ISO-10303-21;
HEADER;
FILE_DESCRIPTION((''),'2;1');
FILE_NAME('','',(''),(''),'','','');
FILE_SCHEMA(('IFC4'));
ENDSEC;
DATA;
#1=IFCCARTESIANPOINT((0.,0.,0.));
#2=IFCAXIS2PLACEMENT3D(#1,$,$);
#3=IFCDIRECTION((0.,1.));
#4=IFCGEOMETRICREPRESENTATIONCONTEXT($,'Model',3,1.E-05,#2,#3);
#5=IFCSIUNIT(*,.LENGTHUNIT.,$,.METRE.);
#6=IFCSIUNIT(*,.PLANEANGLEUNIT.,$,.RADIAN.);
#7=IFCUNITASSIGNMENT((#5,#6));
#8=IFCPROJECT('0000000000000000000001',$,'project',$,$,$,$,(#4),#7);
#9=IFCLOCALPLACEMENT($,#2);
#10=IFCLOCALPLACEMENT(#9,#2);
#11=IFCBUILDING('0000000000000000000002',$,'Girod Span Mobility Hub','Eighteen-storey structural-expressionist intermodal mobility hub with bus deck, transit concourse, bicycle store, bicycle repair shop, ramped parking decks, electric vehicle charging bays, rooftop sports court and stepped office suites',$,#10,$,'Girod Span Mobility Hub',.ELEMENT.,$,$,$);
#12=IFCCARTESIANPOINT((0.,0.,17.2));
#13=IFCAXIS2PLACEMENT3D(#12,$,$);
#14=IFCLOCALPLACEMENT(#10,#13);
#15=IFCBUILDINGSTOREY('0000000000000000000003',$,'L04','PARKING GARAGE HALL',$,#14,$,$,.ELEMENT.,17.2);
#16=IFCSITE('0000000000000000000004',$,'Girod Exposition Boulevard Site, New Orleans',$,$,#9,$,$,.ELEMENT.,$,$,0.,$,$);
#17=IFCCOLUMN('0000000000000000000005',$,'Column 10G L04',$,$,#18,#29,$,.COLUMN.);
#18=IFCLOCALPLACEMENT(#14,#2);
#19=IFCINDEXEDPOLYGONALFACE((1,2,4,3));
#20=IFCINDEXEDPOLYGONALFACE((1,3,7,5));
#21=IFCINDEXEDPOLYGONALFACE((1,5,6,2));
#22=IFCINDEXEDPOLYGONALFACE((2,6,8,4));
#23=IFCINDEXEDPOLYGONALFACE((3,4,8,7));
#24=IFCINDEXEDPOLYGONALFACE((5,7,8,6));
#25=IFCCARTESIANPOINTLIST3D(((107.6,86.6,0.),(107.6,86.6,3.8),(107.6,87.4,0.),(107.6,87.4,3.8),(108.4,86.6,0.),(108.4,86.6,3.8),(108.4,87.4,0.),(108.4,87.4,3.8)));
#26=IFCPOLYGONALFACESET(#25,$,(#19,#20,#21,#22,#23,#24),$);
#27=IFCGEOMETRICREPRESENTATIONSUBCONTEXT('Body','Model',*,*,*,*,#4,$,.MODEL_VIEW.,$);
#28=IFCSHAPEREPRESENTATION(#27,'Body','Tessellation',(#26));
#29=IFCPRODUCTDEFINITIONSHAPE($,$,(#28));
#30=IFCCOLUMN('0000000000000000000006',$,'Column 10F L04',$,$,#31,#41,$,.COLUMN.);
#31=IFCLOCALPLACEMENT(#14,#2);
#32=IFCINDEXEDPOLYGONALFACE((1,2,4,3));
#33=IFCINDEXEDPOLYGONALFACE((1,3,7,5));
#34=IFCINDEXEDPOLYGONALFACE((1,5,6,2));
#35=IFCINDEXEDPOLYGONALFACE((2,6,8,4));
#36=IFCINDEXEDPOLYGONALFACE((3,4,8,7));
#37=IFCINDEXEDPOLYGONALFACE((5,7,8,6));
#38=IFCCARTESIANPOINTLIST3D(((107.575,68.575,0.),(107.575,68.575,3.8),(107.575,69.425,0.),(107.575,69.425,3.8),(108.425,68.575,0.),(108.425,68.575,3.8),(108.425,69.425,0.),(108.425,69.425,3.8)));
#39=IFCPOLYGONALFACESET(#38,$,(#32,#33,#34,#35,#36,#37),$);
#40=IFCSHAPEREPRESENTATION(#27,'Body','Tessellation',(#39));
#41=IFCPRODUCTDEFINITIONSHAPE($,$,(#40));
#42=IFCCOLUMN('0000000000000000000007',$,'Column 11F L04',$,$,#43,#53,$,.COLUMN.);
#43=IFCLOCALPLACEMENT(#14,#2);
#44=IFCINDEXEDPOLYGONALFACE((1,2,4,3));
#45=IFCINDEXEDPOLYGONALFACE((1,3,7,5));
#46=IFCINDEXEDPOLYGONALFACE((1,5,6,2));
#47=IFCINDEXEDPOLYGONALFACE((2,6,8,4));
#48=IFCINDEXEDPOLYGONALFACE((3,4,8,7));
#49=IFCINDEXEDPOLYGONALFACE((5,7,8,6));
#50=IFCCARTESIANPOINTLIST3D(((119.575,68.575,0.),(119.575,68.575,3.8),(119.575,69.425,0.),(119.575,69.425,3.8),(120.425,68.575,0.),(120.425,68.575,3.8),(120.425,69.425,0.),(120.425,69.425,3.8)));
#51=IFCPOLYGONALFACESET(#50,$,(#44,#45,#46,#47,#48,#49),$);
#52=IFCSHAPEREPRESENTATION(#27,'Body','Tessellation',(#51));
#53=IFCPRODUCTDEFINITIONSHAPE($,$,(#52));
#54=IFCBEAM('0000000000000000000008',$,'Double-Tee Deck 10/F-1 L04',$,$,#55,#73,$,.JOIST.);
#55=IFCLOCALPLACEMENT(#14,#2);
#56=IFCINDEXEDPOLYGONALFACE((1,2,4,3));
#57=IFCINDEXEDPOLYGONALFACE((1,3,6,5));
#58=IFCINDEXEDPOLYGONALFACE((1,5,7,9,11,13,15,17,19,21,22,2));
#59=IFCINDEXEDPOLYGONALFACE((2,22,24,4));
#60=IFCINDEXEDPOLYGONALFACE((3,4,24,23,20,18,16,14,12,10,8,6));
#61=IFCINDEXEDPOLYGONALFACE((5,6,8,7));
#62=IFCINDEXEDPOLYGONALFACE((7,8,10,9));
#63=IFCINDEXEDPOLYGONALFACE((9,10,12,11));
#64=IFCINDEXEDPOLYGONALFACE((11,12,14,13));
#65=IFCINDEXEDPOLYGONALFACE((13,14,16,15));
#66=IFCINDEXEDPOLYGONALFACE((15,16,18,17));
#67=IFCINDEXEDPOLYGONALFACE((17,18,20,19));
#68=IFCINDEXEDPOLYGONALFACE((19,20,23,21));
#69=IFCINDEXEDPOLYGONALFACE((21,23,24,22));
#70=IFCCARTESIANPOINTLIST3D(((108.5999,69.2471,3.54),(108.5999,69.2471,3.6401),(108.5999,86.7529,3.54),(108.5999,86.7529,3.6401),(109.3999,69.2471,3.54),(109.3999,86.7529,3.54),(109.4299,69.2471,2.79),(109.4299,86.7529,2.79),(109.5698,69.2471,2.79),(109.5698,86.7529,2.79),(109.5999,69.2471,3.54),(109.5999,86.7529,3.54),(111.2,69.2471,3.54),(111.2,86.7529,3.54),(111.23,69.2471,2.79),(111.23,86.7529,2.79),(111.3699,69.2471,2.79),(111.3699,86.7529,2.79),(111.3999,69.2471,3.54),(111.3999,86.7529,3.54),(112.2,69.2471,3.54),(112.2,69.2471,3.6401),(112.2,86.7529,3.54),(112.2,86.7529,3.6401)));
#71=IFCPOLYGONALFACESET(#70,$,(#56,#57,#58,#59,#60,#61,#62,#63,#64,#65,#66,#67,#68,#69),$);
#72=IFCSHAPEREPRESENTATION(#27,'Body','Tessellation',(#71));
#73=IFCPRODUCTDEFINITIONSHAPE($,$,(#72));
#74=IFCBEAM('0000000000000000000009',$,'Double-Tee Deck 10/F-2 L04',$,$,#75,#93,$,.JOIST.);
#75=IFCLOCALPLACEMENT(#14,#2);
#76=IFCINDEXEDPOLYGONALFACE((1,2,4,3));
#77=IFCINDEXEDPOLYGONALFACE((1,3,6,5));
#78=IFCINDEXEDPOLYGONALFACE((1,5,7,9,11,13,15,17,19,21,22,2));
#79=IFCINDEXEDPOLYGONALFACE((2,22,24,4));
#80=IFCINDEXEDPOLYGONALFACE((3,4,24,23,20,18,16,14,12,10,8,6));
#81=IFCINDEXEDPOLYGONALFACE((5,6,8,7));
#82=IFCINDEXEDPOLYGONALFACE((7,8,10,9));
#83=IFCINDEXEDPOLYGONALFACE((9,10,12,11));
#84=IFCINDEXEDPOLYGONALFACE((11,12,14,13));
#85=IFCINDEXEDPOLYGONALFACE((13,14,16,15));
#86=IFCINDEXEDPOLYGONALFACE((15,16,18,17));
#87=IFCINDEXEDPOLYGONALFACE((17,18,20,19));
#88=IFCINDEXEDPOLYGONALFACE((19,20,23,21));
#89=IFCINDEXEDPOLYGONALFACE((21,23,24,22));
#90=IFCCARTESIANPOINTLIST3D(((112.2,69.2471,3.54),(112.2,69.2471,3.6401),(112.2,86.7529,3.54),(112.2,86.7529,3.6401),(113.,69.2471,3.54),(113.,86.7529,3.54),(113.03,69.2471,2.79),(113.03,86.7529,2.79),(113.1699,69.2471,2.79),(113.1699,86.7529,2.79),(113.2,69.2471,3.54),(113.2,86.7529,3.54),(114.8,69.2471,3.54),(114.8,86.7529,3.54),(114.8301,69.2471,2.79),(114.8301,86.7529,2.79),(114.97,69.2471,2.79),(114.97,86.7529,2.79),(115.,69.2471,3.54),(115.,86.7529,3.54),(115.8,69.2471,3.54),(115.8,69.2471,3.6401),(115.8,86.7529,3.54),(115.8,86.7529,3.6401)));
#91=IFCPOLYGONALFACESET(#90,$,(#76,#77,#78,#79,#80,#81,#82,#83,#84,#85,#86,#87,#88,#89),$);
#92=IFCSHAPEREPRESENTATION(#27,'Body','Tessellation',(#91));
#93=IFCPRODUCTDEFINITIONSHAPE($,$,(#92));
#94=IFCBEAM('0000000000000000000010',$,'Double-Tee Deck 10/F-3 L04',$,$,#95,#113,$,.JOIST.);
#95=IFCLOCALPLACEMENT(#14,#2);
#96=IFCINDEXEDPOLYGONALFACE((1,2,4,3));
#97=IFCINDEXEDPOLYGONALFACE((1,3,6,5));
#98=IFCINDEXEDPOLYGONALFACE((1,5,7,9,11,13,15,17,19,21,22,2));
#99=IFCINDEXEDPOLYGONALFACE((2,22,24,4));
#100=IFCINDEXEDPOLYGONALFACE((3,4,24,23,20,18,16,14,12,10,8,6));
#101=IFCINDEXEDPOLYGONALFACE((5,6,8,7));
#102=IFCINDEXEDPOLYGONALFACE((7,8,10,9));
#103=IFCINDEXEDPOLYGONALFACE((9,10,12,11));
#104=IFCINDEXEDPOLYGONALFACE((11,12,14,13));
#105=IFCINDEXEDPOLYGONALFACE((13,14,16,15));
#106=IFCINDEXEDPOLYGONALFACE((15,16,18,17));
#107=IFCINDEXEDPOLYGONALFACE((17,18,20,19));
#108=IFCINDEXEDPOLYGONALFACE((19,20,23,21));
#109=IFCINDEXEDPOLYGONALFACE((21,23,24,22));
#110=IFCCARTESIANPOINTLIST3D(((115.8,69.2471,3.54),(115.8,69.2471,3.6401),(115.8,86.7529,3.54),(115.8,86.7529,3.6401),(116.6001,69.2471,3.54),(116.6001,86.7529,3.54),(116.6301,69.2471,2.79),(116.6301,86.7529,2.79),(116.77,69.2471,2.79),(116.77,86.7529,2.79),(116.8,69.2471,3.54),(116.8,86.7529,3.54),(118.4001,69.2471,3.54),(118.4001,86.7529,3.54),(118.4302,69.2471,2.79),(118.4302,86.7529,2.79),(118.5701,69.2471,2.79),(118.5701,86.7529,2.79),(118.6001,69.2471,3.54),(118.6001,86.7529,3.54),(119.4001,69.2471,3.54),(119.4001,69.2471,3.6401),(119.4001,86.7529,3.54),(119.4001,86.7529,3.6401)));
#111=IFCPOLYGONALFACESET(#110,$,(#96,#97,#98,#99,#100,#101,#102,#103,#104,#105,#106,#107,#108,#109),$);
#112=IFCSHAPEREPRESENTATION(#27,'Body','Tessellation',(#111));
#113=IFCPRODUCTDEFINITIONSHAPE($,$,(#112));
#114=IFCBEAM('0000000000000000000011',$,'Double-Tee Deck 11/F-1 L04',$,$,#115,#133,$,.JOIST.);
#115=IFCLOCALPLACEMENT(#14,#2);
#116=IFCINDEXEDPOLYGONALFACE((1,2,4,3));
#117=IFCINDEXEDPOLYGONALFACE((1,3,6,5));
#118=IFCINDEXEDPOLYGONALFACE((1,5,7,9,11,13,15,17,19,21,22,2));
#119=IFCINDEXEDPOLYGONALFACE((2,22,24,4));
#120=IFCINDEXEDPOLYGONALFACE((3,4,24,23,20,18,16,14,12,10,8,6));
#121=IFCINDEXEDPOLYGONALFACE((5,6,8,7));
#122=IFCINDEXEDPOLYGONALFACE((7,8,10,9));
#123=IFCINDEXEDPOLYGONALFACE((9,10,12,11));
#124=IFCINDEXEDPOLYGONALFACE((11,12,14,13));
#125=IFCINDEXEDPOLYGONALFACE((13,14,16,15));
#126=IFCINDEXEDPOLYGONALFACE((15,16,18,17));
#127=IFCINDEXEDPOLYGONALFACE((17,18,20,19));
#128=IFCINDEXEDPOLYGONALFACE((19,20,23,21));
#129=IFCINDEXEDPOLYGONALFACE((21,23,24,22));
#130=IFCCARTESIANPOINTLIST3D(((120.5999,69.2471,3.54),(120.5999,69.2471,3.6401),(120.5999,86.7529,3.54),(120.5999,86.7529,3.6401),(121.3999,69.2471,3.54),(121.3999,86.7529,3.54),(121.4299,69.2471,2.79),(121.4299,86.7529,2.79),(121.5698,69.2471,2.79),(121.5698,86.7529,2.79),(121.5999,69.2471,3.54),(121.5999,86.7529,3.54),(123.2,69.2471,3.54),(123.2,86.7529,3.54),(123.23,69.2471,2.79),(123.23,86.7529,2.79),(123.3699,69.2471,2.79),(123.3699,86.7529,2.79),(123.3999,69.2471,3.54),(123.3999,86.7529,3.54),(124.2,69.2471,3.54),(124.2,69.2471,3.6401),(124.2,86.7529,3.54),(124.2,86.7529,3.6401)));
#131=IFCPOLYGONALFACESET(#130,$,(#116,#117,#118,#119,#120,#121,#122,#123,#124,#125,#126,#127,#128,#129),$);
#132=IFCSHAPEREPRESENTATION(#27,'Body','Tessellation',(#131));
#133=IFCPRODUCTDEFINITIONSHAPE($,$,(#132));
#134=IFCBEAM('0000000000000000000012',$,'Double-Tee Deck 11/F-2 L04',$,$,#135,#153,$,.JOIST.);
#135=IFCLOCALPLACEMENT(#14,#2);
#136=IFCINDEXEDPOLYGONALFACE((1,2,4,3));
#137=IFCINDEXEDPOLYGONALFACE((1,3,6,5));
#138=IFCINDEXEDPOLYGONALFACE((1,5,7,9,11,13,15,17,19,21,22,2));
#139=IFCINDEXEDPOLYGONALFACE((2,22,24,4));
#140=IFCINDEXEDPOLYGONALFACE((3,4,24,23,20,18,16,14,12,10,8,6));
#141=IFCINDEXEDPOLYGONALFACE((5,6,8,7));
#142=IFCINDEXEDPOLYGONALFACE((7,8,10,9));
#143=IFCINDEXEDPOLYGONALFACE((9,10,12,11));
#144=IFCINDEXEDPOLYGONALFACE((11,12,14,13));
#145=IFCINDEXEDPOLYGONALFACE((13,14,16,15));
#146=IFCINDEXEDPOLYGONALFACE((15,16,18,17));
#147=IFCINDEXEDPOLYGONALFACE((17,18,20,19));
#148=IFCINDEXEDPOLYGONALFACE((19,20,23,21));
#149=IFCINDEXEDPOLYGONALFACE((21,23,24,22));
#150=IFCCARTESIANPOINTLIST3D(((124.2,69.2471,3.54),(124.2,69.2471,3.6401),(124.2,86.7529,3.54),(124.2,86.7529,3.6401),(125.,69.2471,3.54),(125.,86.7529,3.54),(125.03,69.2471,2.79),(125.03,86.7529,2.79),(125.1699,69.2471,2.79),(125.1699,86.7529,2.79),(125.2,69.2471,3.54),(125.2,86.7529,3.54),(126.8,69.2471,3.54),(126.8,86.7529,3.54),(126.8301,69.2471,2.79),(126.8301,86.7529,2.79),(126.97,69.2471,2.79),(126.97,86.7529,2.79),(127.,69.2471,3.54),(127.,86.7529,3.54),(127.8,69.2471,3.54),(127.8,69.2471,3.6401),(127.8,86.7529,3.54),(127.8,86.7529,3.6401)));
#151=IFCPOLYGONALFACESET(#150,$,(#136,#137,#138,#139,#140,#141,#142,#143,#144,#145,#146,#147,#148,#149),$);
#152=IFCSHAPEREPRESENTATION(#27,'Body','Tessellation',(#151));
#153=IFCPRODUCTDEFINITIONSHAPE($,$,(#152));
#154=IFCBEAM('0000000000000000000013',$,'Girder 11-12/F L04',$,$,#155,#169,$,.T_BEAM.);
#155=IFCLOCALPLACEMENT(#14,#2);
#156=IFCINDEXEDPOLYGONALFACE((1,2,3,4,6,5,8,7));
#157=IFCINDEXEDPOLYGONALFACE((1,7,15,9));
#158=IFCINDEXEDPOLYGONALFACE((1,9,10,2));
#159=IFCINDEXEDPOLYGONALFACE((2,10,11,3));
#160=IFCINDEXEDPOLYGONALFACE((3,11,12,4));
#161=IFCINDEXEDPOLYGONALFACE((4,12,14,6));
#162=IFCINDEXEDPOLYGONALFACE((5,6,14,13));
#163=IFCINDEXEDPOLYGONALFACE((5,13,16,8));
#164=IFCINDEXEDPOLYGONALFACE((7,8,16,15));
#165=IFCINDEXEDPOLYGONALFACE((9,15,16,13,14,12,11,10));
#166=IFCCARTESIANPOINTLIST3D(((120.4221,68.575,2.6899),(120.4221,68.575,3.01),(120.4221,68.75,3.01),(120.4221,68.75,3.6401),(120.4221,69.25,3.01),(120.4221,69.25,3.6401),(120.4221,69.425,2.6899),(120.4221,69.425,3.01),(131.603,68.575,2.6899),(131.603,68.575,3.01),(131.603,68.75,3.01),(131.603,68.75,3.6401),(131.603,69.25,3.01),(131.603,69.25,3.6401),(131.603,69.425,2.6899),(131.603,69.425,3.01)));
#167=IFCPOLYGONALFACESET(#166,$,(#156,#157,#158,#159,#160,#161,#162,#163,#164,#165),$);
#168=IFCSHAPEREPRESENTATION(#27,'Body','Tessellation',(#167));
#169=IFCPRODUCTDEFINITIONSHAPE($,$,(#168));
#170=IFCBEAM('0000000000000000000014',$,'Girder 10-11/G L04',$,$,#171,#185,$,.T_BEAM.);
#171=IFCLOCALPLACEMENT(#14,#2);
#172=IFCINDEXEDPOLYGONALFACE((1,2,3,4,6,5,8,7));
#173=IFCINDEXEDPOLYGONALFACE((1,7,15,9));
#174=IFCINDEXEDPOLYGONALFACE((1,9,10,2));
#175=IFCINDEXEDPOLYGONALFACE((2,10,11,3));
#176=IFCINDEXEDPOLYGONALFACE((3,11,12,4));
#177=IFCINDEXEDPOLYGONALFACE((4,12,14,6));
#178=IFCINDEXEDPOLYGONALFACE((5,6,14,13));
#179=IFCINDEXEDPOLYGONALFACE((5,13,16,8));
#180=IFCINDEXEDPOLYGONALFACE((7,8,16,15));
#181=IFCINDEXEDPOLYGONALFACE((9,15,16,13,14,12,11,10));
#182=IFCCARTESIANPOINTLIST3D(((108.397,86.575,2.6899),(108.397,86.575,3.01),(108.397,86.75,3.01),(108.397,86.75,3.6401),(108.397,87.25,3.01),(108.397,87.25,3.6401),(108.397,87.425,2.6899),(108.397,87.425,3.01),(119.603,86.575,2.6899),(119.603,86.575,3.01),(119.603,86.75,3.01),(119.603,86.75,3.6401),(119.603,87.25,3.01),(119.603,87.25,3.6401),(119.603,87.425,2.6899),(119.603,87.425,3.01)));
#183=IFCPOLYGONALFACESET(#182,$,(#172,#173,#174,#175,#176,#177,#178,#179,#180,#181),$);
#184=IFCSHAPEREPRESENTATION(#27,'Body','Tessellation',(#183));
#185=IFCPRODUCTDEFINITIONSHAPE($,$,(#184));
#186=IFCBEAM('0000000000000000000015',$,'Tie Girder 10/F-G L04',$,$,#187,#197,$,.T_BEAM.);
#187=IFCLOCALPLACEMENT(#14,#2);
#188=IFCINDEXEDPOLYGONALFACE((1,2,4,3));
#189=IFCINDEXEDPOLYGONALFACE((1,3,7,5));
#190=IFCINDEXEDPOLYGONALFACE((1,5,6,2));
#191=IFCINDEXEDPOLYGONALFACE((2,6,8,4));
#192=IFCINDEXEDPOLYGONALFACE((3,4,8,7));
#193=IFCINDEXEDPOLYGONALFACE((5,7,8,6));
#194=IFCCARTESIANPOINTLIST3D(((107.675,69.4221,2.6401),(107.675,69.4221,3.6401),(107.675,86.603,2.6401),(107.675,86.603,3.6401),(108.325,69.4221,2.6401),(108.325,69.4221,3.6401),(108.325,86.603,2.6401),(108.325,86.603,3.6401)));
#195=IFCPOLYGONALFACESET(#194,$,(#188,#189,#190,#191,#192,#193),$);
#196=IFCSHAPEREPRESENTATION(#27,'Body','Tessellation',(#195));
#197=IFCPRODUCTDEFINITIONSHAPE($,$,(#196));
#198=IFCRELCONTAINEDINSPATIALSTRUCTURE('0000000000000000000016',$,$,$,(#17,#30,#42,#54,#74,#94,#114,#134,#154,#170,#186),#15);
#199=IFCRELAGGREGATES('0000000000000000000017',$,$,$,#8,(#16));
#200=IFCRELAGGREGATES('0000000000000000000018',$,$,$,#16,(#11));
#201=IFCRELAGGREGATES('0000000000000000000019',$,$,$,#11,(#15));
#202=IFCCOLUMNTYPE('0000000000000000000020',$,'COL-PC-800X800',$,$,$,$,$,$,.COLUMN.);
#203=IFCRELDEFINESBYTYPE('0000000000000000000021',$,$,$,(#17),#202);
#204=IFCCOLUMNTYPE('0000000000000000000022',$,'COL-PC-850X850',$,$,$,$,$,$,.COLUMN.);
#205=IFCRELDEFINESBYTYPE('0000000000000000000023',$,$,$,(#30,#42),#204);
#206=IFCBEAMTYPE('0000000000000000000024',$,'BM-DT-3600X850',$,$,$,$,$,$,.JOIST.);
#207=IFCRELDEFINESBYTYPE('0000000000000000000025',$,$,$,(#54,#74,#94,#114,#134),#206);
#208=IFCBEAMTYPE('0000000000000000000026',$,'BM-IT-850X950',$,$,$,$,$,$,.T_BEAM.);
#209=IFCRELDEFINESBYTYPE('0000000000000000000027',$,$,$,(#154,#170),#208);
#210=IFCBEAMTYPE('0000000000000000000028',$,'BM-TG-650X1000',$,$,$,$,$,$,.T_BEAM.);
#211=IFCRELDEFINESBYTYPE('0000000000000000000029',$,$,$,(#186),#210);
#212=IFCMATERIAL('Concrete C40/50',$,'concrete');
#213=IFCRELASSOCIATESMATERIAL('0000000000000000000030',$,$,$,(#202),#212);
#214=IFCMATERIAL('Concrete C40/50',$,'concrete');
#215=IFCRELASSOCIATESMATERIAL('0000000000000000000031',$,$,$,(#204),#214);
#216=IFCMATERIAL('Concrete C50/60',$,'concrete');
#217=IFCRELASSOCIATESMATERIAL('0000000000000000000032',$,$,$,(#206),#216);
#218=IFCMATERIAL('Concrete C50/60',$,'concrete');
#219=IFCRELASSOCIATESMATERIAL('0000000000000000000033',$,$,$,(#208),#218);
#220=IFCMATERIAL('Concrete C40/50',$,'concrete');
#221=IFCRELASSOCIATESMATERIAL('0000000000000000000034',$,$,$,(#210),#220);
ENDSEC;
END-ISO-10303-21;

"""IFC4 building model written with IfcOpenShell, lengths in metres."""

from ifc_helpers import new_model, si_unit, direction, frame, origin, origin_2d, place, context, subcontext, project, spatial, polyline, rectangle, outline, extrude, material, material_profile, profile_set, type_object, element, save


model = new_model("IFC4")

# Units and contexts
model_context = context("Model", 3, precision=1e-05, world=origin(), true_north=direction((0.0, 1.0)))
body_context = subcontext(model_context, "Body", "Model", "MODEL_VIEW")
ifc_project = project(units=[si_unit("LENGTHUNIT", "METRE"), si_unit("PLANEANGLEUNIT", "RADIAN")], contexts=[model_context])

# Site, building, storey
site_placement = place(None, origin())
site = spatial("IfcSite", under=ifc_project, at=site_placement, Name="Girod Exposition Boulevard Site, New Orleans", CompositionType="ELEMENT", RefElevation=0.0)
building_placement = place(site_placement, origin())
building = spatial("IfcBuilding", under=site, at=building_placement, Name="Girod Span Mobility Hub", Description="Eighteen-storey structural-expressionist intermodal mobility hub with bus deck, transit concourse, bicycle store, bicycle repair shop, ramped parking decks, electric vehicle charging bays, rooftop sports court and stepped office suites", LongName="Girod Span Mobility Hub", CompositionType="ELEMENT")
storey_placement = place(building_placement, frame((0.0, 0.0, 17.2)))
storey = spatial("IfcBuildingStorey", under=building, at=storey_placement, Name="L04", Description="PARKING GARAGE HALL", CompositionType="ELEMENT", Elevation=17.2)

# Columns
ifc_material_1 = material(Name="Concrete C40/50", Category="concrete")
ifc_material_profile_1 = material_profile(ifc_material_1, rectangle(XDim=0.8, YDim=0.8, at=origin_2d()), Name="PC-COL-800X800")
ifc_profile_set_1 = profile_set([ifc_material_profile_1], Name="Concrete C40/50")
column_type_1 = type_object("IfcColumnType", Name="COL-PC-800X800", PredefinedType="COLUMN", material=ifc_profile_set_1)
column_placement = place(storey_placement, frame((108.0, 87.0, 0.0), z_axis=(0.0, 0.0, 1.0), x_axis=(1.0, 0.0, 0.0)))
element("IfcColumn", 1, at=column_placement, inside=storey, type_object=column_type_1, Name="Column 10G L04", PredefinedType="COLUMN", context=body_context, shape_type="SweptSolid", body=[
    extrude(rectangle(XDim=0.8, YDim=0.8, at=origin_2d()), origin(), (0.0, 0.0, 1.0), 3.8),
])
ifc_material_2 = material(Name="Concrete C40/50", Category="concrete")
ifc_material_profile_2 = material_profile(ifc_material_2, rectangle(XDim=0.8501, YDim=0.8501, at=origin_2d()), Name="PC-COL-850X850")
ifc_profile_set_2 = profile_set([ifc_material_profile_2], Name="Concrete C40/50")
column_type_2 = type_object("IfcColumnType", Name="COL-PC-850X850", PredefinedType="COLUMN", material=ifc_profile_set_2)
for number, where, z_axis, x_axis, name in (
    (2, (108.0, 69.0, 0.0), (0.0, 0.0, 1.0), (1.0, 0.0, 0.0), "Column 10F L04"),
    (3, (120.0, 69.0, 0.0), (0.0, 0.0, 1.0), (1.0, 0.0, 0.0), "Column 11F L04"),
):
    element("IfcColumn", number, at=place(storey_placement, frame(where, z_axis=z_axis, x_axis=x_axis)), inside=storey, type_object=column_type_2, Name=name, PredefinedType="COLUMN", context=body_context, shape_type="SweptSolid", body=[
        extrude(rectangle(XDim=0.8501, YDim=0.8501, at=origin_2d()), origin(), (0.0, 0.0, 1.0), 3.8),
    ])

# Beams
ifc_material_3 = material(Name="Concrete C50/60", Category="concrete")
ifc_material_profile_3 = material_profile(ifc_material_3, outline(polyline([(-1.8, 0.425), (-1.8, 0.325), (-1.0, 0.325), (-0.97, -0.425), (-0.8301, -0.425), (-0.8, 0.325), (0.8, 0.325), (0.8301, -0.425), (0.97, -0.425), (1.0, 0.325), (1.8, 0.325), (1.8, 0.425), (-1.8, 0.425)])), Name="DT-3600X850")
ifc_profile_set_3 = profile_set([ifc_material_profile_3], Name="Concrete C50/60")
beam_type_1 = type_object("IfcBeamType", Name="BM-DT-3600X850", PredefinedType="JOIST", material=ifc_profile_set_3)
for number, where, z_axis, x_axis, name in (
    (4, (110.3999, 69.2471, 3.2151), (0.0, 1.0, 0.0), (-1.0, 0.0, 0.0), "Double-Tee Deck 10/F-1 L04"),
    (5, (114.0, 69.2471, 3.2151), (0.0, 1.0, 0.0), (-1.0, 0.0, 0.0), "Double-Tee Deck 10/F-2 L04"),
    (6, (117.6001, 69.2471, 3.2151), (0.0, 1.0, 0.0), (-1.0, 0.0, 0.0), "Double-Tee Deck 10/F-3 L04"),
    (7, (122.3999, 69.2471, 3.2151), (0.0, 1.0, 0.0), (-1.0, 0.0, 0.0), "Double-Tee Deck 11/F-1 L04"),
    (8, (126.0, 69.2471, 3.2151), (0.0, 1.0, 0.0), (-1.0, 0.0, 0.0), "Double-Tee Deck 11/F-2 L04"),
):
    element("IfcBeam", number, at=place(storey_placement, frame(where, z_axis=z_axis, x_axis=x_axis)), inside=storey, type_object=beam_type_1, Name=name, PredefinedType="JOIST", context=body_context, shape_type="SweptSolid", body=[
        extrude(outline(polyline([(-1.8, 0.425), (-1.8, 0.325), (-1.0, 0.325), (-0.97, -0.425), (-0.8301, -0.425), (-0.8, 0.325), (0.8, 0.325), (0.8301, -0.425), (0.97, -0.425), (1.0, 0.325), (1.8, 0.325), (1.8, 0.425), (-1.8, 0.425)])), origin(), (0.0, 0.0, 1.0), 17.5059),
    ])
ifc_material_4 = material(Name="Concrete C50/60", Category="concrete")
ifc_material_profile_4 = material_profile(ifc_material_4, outline(polyline([(-0.425, -0.4751), (0.425, -0.4751), (0.425, -0.155), (0.25, -0.155), (0.25, 0.4751), (-0.25, 0.4751), (-0.25, -0.155), (-0.425, -0.155), (-0.425, -0.4751)])), Name="IT-850X950")
ifc_profile_set_4 = profile_set([ifc_material_profile_4], Name="Concrete C50/60")
beam_type_2 = type_object("IfcBeamType", Name="BM-IT-850X950", PredefinedType="T_BEAM", material=ifc_profile_set_4)
beam_1_placement = place(storey_placement, frame((120.4221, 69.0, 3.165), z_axis=(1.0, 0.0, 0.0), x_axis=(0.0, 1.0, 0.0)))
element("IfcBeam", 9, at=beam_1_placement, inside=storey, type_object=beam_type_2, Name="Girder 11-12/F L04", PredefinedType="T_BEAM", context=body_context, shape_type="SweptSolid", body=[
    extrude(outline(polyline([(-0.425, -0.4751), (0.425, -0.4751), (0.425, -0.155), (0.25, -0.155), (0.25, 0.4751), (-0.25, 0.4751), (-0.25, -0.155), (-0.425, -0.155), (-0.425, -0.4751)])), origin(), (0.0, 0.0, 1.0), 11.1809),
])
beam_2_placement = place(storey_placement, frame((108.397, 87.0, 3.165), z_axis=(1.0, 0.0, 0.0), x_axis=(0.0, 1.0, 0.0)))
element("IfcBeam", 10, at=beam_2_placement, inside=storey, type_object=beam_type_2, Name="Girder 10-11/G L04", PredefinedType="T_BEAM", context=body_context, shape_type="SweptSolid", body=[
    extrude(outline(polyline([(-0.425, -0.4751), (0.425, -0.4751), (0.425, -0.155), (0.25, -0.155), (0.25, 0.4751), (-0.25, 0.4751), (-0.25, -0.155), (-0.425, -0.155), (-0.425, -0.4751)])), origin(), (0.0, 0.0, 1.0), 11.2061),
])
ifc_material_5 = material(Name="Concrete C40/50", Category="concrete")
ifc_material_profile_5 = material_profile(ifc_material_5, rectangle(XDim=0.6499, YDim=1.0, at=origin_2d()), Name="TG-650X1000")
ifc_profile_set_5 = profile_set([ifc_material_profile_5], Name="Concrete C40/50")
beam_type_3 = type_object("IfcBeamType", Name="BM-TG-650X1000", PredefinedType="T_BEAM", material=ifc_profile_set_5)
for number, where, z_axis, x_axis, name in (
    (11, (108.0, 69.4221, 3.1401), (0.0, 1.0, 0.0), (-1.0, 0.0, 0.0), "Tie Girder 10/F-G L04"),
):
    element("IfcBeam", number, at=place(storey_placement, frame(where, z_axis=z_axis, x_axis=x_axis)), inside=storey, type_object=beam_type_3, Name=name, PredefinedType="T_BEAM", context=body_context, shape_type="SweptSolid", body=[
        extrude(rectangle(XDim=0.6499, YDim=1.0, at=origin_2d()), origin(), (0.0, 0.0, 1.0), 17.1809),
    ])

save(model, "model.ifc")
